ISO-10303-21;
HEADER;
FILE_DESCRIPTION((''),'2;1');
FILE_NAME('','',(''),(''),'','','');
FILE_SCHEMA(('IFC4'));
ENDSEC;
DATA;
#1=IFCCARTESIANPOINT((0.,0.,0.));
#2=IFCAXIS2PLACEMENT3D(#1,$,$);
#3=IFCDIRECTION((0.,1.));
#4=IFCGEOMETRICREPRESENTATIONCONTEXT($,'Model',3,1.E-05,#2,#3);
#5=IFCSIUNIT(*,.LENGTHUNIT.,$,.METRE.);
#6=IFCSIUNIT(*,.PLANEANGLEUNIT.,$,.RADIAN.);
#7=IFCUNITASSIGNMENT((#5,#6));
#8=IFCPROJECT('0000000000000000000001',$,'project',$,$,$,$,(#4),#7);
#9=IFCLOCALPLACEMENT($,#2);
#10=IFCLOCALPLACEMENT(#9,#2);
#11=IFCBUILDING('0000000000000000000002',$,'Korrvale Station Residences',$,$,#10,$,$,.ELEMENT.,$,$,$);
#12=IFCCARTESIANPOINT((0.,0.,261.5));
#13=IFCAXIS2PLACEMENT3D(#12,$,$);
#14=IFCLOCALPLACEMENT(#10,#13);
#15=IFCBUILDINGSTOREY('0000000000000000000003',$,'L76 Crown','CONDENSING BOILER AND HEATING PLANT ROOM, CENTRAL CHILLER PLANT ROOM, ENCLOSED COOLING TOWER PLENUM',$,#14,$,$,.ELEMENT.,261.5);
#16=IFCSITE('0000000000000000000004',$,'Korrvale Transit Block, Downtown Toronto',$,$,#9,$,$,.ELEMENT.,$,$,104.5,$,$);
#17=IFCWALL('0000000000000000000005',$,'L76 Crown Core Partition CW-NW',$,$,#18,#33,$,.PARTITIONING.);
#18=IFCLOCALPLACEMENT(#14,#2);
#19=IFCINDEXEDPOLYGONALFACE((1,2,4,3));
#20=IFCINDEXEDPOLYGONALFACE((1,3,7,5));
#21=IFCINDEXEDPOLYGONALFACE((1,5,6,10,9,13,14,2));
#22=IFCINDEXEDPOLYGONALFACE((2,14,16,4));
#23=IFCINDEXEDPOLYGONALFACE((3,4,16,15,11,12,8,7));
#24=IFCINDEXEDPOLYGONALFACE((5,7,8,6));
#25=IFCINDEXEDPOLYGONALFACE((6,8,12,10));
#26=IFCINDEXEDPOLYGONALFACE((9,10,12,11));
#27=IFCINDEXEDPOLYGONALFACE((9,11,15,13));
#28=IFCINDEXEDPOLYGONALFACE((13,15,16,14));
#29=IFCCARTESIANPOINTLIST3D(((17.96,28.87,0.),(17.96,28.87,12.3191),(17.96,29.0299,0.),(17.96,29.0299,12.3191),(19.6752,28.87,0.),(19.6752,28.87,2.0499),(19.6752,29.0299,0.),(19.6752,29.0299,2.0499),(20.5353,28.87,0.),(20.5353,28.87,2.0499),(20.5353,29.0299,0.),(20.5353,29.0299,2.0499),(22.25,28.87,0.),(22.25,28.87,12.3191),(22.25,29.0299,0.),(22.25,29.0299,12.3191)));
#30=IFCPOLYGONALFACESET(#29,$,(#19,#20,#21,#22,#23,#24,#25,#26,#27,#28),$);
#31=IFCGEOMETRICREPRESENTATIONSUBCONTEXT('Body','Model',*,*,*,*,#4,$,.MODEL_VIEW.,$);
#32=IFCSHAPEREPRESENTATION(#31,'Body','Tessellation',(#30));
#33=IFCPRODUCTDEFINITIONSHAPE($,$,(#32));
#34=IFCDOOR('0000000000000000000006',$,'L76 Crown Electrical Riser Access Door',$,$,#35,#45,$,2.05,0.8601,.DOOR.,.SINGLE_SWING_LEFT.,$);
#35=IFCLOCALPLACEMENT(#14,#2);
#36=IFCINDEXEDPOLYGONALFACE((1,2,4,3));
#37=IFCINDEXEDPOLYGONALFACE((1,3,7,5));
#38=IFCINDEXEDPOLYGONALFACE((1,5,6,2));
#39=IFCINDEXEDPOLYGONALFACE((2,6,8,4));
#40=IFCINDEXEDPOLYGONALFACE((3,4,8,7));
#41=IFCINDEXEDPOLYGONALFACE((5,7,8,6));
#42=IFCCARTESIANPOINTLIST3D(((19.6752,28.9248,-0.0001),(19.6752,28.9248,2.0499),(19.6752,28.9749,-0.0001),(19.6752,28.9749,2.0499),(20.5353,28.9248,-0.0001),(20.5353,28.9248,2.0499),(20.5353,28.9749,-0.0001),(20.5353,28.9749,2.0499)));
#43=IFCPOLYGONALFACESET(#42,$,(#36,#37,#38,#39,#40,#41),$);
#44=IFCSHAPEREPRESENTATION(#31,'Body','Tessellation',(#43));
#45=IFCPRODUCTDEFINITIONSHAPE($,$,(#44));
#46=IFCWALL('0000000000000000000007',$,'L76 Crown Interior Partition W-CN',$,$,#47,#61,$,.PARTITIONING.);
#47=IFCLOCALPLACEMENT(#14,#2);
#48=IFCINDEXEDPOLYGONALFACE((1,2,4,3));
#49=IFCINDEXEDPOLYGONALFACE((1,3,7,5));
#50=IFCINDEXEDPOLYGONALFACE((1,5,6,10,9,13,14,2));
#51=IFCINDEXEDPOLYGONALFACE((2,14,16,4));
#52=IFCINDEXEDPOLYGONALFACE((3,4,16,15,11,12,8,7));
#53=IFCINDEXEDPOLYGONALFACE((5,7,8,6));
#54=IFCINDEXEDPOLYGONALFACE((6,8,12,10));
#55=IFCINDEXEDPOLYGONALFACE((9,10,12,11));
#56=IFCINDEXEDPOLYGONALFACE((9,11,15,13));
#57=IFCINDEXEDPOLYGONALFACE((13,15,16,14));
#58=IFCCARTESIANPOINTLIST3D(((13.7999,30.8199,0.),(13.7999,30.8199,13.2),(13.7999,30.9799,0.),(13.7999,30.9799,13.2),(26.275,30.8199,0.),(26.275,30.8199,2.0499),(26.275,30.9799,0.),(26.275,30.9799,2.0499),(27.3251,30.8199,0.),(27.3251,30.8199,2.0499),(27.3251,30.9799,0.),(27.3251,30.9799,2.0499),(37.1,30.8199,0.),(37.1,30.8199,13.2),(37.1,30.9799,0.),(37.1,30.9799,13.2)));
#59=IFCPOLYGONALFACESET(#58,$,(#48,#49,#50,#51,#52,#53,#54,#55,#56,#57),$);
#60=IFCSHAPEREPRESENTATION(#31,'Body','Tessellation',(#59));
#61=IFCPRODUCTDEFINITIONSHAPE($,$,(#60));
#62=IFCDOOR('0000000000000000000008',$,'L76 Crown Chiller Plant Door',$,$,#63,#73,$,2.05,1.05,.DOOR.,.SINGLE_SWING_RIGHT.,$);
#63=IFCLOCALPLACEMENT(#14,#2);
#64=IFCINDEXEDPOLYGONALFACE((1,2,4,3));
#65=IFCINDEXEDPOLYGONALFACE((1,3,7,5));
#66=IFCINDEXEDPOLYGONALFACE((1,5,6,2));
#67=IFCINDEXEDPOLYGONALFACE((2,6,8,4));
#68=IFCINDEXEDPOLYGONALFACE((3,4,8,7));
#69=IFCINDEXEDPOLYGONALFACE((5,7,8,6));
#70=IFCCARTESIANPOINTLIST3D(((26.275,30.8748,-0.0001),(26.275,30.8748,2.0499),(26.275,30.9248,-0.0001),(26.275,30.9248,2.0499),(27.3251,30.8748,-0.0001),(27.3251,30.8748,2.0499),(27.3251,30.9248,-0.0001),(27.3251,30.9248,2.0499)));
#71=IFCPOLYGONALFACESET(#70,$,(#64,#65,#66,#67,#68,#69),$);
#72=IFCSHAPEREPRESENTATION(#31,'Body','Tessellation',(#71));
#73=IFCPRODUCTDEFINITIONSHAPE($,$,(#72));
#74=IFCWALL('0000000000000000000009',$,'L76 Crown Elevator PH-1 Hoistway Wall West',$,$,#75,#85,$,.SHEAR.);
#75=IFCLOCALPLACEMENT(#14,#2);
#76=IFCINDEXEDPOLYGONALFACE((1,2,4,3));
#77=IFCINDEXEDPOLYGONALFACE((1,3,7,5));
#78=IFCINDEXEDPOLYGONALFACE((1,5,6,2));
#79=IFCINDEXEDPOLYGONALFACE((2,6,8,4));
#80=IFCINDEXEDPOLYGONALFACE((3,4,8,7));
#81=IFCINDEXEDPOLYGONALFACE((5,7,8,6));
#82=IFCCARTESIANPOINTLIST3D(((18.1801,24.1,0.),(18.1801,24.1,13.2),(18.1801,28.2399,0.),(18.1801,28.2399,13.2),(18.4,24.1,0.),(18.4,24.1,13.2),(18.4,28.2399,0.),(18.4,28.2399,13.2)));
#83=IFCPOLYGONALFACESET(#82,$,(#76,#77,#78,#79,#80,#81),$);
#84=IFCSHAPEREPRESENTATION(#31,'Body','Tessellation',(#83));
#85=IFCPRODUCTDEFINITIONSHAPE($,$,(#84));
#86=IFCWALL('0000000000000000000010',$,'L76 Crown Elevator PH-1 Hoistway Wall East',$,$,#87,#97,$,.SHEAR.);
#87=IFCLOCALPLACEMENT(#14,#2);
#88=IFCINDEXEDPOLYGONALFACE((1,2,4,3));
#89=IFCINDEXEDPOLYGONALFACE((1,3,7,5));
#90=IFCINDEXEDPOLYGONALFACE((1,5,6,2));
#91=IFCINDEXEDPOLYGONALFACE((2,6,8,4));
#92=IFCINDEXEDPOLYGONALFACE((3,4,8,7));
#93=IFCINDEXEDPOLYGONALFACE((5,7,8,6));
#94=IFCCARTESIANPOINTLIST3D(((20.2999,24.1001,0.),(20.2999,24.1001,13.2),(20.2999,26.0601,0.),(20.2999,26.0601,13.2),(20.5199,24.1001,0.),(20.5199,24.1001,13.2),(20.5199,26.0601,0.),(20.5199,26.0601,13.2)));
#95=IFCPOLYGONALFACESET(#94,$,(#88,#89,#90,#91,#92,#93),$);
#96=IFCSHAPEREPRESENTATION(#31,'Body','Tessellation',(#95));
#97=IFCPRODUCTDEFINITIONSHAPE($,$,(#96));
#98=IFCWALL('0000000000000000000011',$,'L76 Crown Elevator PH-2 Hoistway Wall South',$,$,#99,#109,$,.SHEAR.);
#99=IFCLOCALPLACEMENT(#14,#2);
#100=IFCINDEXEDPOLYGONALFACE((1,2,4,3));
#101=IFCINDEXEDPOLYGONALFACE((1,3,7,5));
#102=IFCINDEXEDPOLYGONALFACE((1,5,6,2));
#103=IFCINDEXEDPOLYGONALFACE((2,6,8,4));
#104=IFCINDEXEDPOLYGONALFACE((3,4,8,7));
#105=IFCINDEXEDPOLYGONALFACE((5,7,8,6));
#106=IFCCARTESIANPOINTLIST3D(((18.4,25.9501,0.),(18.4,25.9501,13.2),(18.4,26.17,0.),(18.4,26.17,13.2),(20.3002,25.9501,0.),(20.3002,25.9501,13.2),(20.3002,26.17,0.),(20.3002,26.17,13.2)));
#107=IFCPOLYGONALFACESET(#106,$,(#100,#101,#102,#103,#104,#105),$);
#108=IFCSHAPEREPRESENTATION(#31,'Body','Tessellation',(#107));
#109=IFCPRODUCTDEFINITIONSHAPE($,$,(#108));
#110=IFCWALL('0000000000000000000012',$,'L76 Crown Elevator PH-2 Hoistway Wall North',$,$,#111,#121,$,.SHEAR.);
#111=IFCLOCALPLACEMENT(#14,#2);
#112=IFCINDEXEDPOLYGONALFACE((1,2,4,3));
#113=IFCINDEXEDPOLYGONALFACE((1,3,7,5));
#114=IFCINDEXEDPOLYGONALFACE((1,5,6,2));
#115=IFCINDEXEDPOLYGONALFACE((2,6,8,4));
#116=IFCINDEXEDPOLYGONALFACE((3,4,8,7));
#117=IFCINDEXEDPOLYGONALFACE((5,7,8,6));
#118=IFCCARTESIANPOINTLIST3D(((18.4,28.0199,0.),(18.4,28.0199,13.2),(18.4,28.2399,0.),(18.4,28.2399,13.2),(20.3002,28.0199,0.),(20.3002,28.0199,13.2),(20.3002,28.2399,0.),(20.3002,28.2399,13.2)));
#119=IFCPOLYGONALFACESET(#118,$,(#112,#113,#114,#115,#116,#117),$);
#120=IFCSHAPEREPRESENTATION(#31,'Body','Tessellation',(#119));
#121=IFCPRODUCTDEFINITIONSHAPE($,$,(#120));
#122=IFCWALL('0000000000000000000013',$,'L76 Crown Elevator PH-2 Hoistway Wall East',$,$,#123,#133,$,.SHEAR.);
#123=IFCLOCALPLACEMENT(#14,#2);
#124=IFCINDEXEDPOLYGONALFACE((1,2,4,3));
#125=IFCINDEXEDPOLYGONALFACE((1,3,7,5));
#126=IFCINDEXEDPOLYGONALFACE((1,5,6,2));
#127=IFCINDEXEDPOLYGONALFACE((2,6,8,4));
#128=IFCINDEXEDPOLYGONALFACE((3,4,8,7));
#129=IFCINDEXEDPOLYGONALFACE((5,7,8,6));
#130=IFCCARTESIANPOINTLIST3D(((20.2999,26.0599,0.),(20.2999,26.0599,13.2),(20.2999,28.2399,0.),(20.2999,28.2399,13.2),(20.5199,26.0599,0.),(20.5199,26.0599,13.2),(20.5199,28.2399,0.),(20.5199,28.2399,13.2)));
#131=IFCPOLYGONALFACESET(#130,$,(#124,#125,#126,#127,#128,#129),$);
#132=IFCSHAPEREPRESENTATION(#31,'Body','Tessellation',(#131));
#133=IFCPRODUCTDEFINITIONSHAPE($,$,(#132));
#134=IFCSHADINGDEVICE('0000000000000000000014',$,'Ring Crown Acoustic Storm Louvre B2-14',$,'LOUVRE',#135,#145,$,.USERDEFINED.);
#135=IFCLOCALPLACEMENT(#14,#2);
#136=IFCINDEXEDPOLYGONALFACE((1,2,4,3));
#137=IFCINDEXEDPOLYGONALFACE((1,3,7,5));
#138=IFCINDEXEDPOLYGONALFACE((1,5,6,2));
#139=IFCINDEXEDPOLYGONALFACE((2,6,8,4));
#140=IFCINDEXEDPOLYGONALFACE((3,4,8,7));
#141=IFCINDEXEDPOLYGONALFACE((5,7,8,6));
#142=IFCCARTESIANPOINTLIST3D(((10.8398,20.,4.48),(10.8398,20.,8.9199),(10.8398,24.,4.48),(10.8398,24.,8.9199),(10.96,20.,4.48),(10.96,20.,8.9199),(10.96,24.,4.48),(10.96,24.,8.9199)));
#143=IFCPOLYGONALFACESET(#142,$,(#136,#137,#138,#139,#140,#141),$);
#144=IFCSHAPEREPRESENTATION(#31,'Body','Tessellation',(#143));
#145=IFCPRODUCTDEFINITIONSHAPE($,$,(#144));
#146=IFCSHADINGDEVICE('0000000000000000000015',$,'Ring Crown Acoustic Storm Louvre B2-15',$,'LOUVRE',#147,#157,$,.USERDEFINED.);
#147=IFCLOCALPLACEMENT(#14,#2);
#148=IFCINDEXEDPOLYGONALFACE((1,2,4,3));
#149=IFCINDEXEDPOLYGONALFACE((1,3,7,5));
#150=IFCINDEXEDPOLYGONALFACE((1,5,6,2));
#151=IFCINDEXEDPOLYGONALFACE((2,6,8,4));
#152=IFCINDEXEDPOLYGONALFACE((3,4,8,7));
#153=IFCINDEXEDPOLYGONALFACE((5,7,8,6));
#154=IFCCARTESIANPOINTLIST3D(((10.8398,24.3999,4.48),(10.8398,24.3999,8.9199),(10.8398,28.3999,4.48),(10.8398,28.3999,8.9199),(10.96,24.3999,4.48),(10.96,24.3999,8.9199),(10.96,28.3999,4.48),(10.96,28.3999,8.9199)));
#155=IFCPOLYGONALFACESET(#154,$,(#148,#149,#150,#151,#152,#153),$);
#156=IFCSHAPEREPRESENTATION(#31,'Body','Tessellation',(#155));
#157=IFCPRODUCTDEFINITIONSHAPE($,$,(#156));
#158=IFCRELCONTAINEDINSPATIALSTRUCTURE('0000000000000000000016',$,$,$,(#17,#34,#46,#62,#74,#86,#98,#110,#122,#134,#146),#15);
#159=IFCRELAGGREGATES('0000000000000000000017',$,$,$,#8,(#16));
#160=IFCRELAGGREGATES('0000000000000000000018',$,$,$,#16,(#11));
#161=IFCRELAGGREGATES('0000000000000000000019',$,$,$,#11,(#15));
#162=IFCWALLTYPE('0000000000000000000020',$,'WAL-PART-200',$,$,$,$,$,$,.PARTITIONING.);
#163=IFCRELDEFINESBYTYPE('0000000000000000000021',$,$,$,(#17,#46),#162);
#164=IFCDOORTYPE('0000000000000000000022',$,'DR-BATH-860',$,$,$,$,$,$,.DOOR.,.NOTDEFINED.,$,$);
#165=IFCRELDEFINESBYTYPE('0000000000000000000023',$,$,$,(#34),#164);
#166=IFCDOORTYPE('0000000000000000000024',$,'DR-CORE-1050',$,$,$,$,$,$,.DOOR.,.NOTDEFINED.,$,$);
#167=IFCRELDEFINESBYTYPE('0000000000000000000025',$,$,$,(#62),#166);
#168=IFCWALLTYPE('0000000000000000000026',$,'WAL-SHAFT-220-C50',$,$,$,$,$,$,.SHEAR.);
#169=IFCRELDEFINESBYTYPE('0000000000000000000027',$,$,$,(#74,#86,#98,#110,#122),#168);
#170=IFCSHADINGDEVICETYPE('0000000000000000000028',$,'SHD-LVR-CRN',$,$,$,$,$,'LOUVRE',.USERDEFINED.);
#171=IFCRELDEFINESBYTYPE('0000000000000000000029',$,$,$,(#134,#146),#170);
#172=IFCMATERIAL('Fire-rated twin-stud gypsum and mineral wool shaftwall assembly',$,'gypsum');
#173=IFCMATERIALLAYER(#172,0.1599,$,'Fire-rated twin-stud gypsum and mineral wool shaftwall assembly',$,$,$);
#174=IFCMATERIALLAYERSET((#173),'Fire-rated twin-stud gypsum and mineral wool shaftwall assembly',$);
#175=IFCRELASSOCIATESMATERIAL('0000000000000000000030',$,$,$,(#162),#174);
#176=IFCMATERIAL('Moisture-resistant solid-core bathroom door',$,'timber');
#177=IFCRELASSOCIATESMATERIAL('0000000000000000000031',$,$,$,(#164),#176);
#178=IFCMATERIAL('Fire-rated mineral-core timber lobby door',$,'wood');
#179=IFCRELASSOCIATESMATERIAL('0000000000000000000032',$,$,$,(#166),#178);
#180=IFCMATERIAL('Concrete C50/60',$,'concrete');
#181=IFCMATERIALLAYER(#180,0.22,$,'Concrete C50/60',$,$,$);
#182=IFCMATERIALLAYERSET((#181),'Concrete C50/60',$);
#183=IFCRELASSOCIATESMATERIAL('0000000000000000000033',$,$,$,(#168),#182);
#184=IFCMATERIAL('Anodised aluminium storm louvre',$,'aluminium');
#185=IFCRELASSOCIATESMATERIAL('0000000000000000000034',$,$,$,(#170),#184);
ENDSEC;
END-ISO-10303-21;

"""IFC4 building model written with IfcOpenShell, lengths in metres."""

from ifc_helpers import new_model, si_unit, direction, frame, frame_2d, origin, origin_2d, place, context, subcontext, project, spatial, rectangle, extrude, material, layer, layer_set, type_object, element, fill, save


model = new_model("IFC4")

# Units and contexts
model_context = context("Model", 3, precision=1e-05, world=origin(), true_north=direction((0.0, 1.0)))
body_context = subcontext(model_context, "Body", "Model", "MODEL_VIEW")
ifc_project = project(units=[si_unit("LENGTHUNIT", "METRE"), si_unit("PLANEANGLEUNIT", "RADIAN")], contexts=[model_context])

# Site, building, storey
site_placement = place(None, origin())
site = spatial("IfcSite", under=ifc_project, at=site_placement, Name="Korrvale Transit Block, Downtown Toronto", CompositionType="ELEMENT", RefElevation=104.5)
building_placement = place(site_placement, origin())
building = spatial("IfcBuilding", under=site, at=building_placement, Name="Korrvale Station Residences", CompositionType="ELEMENT")
storey_placement = place(building_placement, frame((0.0, 0.0, 261.5)))
storey = spatial("IfcBuildingStorey", under=building, at=storey_placement, Name="L76 Crown", Description="CONDENSING BOILER AND HEATING PLANT ROOM, CENTRAL CHILLER PLANT ROOM, ENCLOSED COOLING TOWER PLENUM", CompositionType="ELEMENT", Elevation=261.5)

# Shared definitions
ifc_material_1 = material(Name="Concrete C50/60", Category="concrete")

# Shared definitions
ifc_material_2 = material(Name="Fire-rated twin-stud gypsum and mineral wool shaftwall assembly", Category="gypsum")
ifc_layer_1 = layer(ifc_material_2, 0.1599, Name="Fire-rated twin-stud gypsum and mineral wool shaftwall assembly")
ifc_layer_set_1 = layer_set([ifc_layer_1], Name="Fire-rated twin-stud gypsum and mineral wool shaftwall assembly")
wall_type_1 = type_object("IfcWallType", Name="WAL-PART-200", PredefinedType="PARTITIONING", material=ifc_layer_set_1)

# Walls, openings, doors
wall_1_placement = place(storey_placement, frame((17.96, 28.95, 0.0), z_axis=(0.0, 0.0, 1.0), x_axis=(1.0, 0.0, 0.0)))
wall_1 = element("IfcWall", 1, at=wall_1_placement, inside=storey, type_object=wall_type_1, Name="L76 Crown Core Partition CW-NW", PredefinedType="PARTITIONING", context=body_context, shape_type="SweptSolid", body=[
    extrude(rectangle(XDim=4.29, YDim=0.1599, at=frame_2d((2.145, 0.0))), origin(), (0.0, 0.0, 1.0), 12.3191),
])
opening_1_placement = place(wall_1_placement, frame((1.7151, 0.0, 0.0)))
opening_1 = element("IfcOpeningElement", 2, at=opening_1_placement, cuts=wall_1, PredefinedType="OPENING", context=body_context, shape_type="SweptSolid", body=[
    extrude(rectangle(XDim=0.8601, YDim=2.05, at=frame_2d((0.4302, 1.0249))), frame((0.0, 0.0898, 0.0), z_axis=(0.0, -1.0, 0.0), x_axis=(1.0, 0.0, 0.0)), (0.0, 0.0, 1.0), 0.1799),
])
ifc_material_3 = material(Name="Moisture-resistant solid-core bathroom door", Category="timber")
door_type_1 = type_object("IfcDoorType", Name="DR-BATH-860", OperationType="NOTDEFINED", PredefinedType="DOOR", material=ifc_material_3)
door_1_placement = place(opening_1_placement, origin())
door_1 = element("IfcDoor", 3, at=door_1_placement, inside=storey, type_object=door_type_1, Name="L76 Crown Electrical Riser Access Door", OperationType="SINGLE_SWING_LEFT", OverallHeight=2.05, OverallWidth=0.8601, PredefinedType="DOOR", context=body_context, shape_type="SweptSolid", body=[
    extrude(rectangle(XDim=0.8601, YDim=2.05, at=frame_2d((0.4302, 1.0249))), frame((0.0, 0.0249, 0.0), z_axis=(0.0, -1.0, 0.0), x_axis=(1.0, 0.0, 0.0)), (0.0, 0.0, 1.0), 0.05),
])
fill(opening_1, door_1)
wall_2_placement = place(storey_placement, frame((13.8, 30.8999, 0.0), z_axis=(0.0, 0.0, 1.0), x_axis=(1.0, 0.0, 0.0)))
wall_2 = element("IfcWall", 4, at=wall_2_placement, inside=storey, type_object=wall_type_1, Name="L76 Crown Interior Partition W-CN", PredefinedType="PARTITIONING", context=body_context, shape_type="SweptSolid", body=[
    extrude(rectangle(XDim=23.3, YDim=0.1599, at=frame_2d((11.6499, 0.0))), origin(), (0.0, 0.0, 1.0), 13.2),
])
opening_2_placement = place(wall_2_placement, frame((12.4751, 0.0, 0.0)))
opening_2 = element("IfcOpeningElement", 5, at=opening_2_placement, cuts=wall_2, PredefinedType="OPENING", context=body_context, shape_type="SweptSolid", body=[
    extrude(rectangle(XDim=1.05, YDim=2.05, at=frame_2d((0.5249, 1.0249))), frame((0.0, 0.0898, 0.0), z_axis=(0.0, -1.0, 0.0), x_axis=(1.0, 0.0, 0.0)), (0.0, 0.0, 1.0), 0.1799),
])
ifc_material_4 = material(Name="Fire-rated mineral-core timber lobby door", Category="wood")
door_type_2 = type_object("IfcDoorType", Name="DR-CORE-1050", OperationType="NOTDEFINED", PredefinedType="DOOR", material=ifc_material_4)
door_2_placement = place(opening_2_placement, origin())
door_2 = element("IfcDoor", 6, at=door_2_placement, inside=storey, type_object=door_type_2, Name="L76 Crown Chiller Plant Door", OperationType="SINGLE_SWING_RIGHT", OverallHeight=2.05, OverallWidth=1.05, PredefinedType="DOOR", context=body_context, shape_type="SweptSolid", body=[
    extrude(rectangle(XDim=1.05, YDim=2.05, at=frame_2d((0.5249, 1.0249))), frame((0.0, 0.0249, 0.0), z_axis=(0.0, -1.0, 0.0), x_axis=(1.0, 0.0, 0.0)), (0.0, 0.0, 1.0), 0.05),
])
fill(opening_2, door_2)

# Walls
ifc_layer_2 = layer(ifc_material_1, 0.22, Name="Concrete C50/60")
ifc_layer_set_2 = layer_set([ifc_layer_2], Name="Concrete C50/60")
wall_type_2 = type_object("IfcWallType", Name="WAL-SHAFT-220-C50", PredefinedType="SHEAR", material=ifc_layer_set_2)
wall_3_placement = place(storey_placement, frame((18.29, 24.1001, 0.0), z_axis=(0.0, 0.0, 1.0), x_axis=(0.0, 1.0, 0.0)))
element("IfcWall", 7, at=wall_3_placement, inside=storey, type_object=wall_type_2, Name="L76 Crown Elevator PH-1 Hoistway Wall West", PredefinedType="SHEAR", context=body_context, shape_type="SweptSolid", body=[
    extrude(rectangle(XDim=4.1399, YDim=0.22, at=frame_2d((2.0698, 0.0))), origin(), (0.0, 0.0, 1.0), 13.2),
])
wall_4_placement = place(storey_placement, frame((20.4099, 24.1001, 0.0), z_axis=(0.0, 0.0, 1.0), x_axis=(0.0, 1.0, 0.0)))
element("IfcWall", 8, at=wall_4_placement, inside=storey, type_object=wall_type_2, Name="L76 Crown Elevator PH-1 Hoistway Wall East", PredefinedType="SHEAR", context=body_context, shape_type="SweptSolid", body=[
    extrude(rectangle(XDim=1.96, YDim=0.22, at=frame_2d((0.98, 0.0))), origin(), (0.0, 0.0, 1.0), 13.2),
])
for number, where, z_axis, x_axis, name in (
    (9, (18.3999, 26.0601, 0.0), (0.0, 0.0, 1.0), (1.0, 0.0, 0.0), "L76 Crown Elevator PH-2 Hoistway Wall South"),
    (10, (18.3999, 28.1299, 0.0), (0.0, 0.0, 1.0), (1.0, 0.0, 0.0), "L76 Crown Elevator PH-2 Hoistway Wall North"),
):
    element("IfcWall", number, at=place(storey_placement, frame(where, z_axis=z_axis, x_axis=x_axis)), inside=storey, type_object=wall_type_2, Name=name, PredefinedType="SHEAR", context=body_context, shape_type="SweptSolid", body=[
        extrude(rectangle(XDim=1.9001, YDim=0.22, at=frame_2d((0.9502, 0.0))), origin(), (0.0, 0.0, 1.0), 13.2),
    ])
wall_5_placement = place(storey_placement, frame((20.4099, 26.0601, 0.0), z_axis=(0.0, 0.0, 1.0), x_axis=(0.0, 1.0, 0.0)))
element("IfcWall", 11, at=wall_5_placement, inside=storey, type_object=wall_type_2, Name="L76 Crown Elevator PH-2 Hoistway Wall East", PredefinedType="SHEAR", context=body_context, shape_type="SweptSolid", body=[
    extrude(rectangle(XDim=2.1799, YDim=0.22, at=frame_2d((1.0898, 0.0))), origin(), (0.0, 0.0, 1.0), 13.2),
])

# Shading devices
ifc_material_5 = material(Name="Anodised aluminium storm louvre", Category="aluminium")
shading_device_type = type_object("IfcShadingDeviceType", Name="SHD-LVR-CRN", ElementType="LOUVRE", PredefinedType="USERDEFINED", material=ifc_material_5)
for number, where, z_axis, x_axis, name in (
    (12, (10.8999, 22.0, 4.48), (0.0, 0.0, 1.0), (0.0, 1.0, 0.0), "Ring Crown Acoustic Storm Louvre B2-14"),
    (13, (10.8999, 26.3999, 4.48), (0.0, 0.0, 1.0), (0.0, 1.0, 0.0), "Ring Crown Acoustic Storm Louvre B2-15"),
):
    element("IfcShadingDevice", number, at=place(storey_placement, frame(where, z_axis=z_axis, x_axis=x_axis)), inside=storey, type_object=shading_device_type, Name=name, ObjectType="LOUVRE", PredefinedType="USERDEFINED", context=body_context, shape_type="SweptSolid", body=[
        extrude(rectangle(XDim=4.0, YDim=0.1201, at=origin_2d()), origin(), (0.0, 0.0, 1.0), 4.4399),
    ])

save(model, "model.ifc")
